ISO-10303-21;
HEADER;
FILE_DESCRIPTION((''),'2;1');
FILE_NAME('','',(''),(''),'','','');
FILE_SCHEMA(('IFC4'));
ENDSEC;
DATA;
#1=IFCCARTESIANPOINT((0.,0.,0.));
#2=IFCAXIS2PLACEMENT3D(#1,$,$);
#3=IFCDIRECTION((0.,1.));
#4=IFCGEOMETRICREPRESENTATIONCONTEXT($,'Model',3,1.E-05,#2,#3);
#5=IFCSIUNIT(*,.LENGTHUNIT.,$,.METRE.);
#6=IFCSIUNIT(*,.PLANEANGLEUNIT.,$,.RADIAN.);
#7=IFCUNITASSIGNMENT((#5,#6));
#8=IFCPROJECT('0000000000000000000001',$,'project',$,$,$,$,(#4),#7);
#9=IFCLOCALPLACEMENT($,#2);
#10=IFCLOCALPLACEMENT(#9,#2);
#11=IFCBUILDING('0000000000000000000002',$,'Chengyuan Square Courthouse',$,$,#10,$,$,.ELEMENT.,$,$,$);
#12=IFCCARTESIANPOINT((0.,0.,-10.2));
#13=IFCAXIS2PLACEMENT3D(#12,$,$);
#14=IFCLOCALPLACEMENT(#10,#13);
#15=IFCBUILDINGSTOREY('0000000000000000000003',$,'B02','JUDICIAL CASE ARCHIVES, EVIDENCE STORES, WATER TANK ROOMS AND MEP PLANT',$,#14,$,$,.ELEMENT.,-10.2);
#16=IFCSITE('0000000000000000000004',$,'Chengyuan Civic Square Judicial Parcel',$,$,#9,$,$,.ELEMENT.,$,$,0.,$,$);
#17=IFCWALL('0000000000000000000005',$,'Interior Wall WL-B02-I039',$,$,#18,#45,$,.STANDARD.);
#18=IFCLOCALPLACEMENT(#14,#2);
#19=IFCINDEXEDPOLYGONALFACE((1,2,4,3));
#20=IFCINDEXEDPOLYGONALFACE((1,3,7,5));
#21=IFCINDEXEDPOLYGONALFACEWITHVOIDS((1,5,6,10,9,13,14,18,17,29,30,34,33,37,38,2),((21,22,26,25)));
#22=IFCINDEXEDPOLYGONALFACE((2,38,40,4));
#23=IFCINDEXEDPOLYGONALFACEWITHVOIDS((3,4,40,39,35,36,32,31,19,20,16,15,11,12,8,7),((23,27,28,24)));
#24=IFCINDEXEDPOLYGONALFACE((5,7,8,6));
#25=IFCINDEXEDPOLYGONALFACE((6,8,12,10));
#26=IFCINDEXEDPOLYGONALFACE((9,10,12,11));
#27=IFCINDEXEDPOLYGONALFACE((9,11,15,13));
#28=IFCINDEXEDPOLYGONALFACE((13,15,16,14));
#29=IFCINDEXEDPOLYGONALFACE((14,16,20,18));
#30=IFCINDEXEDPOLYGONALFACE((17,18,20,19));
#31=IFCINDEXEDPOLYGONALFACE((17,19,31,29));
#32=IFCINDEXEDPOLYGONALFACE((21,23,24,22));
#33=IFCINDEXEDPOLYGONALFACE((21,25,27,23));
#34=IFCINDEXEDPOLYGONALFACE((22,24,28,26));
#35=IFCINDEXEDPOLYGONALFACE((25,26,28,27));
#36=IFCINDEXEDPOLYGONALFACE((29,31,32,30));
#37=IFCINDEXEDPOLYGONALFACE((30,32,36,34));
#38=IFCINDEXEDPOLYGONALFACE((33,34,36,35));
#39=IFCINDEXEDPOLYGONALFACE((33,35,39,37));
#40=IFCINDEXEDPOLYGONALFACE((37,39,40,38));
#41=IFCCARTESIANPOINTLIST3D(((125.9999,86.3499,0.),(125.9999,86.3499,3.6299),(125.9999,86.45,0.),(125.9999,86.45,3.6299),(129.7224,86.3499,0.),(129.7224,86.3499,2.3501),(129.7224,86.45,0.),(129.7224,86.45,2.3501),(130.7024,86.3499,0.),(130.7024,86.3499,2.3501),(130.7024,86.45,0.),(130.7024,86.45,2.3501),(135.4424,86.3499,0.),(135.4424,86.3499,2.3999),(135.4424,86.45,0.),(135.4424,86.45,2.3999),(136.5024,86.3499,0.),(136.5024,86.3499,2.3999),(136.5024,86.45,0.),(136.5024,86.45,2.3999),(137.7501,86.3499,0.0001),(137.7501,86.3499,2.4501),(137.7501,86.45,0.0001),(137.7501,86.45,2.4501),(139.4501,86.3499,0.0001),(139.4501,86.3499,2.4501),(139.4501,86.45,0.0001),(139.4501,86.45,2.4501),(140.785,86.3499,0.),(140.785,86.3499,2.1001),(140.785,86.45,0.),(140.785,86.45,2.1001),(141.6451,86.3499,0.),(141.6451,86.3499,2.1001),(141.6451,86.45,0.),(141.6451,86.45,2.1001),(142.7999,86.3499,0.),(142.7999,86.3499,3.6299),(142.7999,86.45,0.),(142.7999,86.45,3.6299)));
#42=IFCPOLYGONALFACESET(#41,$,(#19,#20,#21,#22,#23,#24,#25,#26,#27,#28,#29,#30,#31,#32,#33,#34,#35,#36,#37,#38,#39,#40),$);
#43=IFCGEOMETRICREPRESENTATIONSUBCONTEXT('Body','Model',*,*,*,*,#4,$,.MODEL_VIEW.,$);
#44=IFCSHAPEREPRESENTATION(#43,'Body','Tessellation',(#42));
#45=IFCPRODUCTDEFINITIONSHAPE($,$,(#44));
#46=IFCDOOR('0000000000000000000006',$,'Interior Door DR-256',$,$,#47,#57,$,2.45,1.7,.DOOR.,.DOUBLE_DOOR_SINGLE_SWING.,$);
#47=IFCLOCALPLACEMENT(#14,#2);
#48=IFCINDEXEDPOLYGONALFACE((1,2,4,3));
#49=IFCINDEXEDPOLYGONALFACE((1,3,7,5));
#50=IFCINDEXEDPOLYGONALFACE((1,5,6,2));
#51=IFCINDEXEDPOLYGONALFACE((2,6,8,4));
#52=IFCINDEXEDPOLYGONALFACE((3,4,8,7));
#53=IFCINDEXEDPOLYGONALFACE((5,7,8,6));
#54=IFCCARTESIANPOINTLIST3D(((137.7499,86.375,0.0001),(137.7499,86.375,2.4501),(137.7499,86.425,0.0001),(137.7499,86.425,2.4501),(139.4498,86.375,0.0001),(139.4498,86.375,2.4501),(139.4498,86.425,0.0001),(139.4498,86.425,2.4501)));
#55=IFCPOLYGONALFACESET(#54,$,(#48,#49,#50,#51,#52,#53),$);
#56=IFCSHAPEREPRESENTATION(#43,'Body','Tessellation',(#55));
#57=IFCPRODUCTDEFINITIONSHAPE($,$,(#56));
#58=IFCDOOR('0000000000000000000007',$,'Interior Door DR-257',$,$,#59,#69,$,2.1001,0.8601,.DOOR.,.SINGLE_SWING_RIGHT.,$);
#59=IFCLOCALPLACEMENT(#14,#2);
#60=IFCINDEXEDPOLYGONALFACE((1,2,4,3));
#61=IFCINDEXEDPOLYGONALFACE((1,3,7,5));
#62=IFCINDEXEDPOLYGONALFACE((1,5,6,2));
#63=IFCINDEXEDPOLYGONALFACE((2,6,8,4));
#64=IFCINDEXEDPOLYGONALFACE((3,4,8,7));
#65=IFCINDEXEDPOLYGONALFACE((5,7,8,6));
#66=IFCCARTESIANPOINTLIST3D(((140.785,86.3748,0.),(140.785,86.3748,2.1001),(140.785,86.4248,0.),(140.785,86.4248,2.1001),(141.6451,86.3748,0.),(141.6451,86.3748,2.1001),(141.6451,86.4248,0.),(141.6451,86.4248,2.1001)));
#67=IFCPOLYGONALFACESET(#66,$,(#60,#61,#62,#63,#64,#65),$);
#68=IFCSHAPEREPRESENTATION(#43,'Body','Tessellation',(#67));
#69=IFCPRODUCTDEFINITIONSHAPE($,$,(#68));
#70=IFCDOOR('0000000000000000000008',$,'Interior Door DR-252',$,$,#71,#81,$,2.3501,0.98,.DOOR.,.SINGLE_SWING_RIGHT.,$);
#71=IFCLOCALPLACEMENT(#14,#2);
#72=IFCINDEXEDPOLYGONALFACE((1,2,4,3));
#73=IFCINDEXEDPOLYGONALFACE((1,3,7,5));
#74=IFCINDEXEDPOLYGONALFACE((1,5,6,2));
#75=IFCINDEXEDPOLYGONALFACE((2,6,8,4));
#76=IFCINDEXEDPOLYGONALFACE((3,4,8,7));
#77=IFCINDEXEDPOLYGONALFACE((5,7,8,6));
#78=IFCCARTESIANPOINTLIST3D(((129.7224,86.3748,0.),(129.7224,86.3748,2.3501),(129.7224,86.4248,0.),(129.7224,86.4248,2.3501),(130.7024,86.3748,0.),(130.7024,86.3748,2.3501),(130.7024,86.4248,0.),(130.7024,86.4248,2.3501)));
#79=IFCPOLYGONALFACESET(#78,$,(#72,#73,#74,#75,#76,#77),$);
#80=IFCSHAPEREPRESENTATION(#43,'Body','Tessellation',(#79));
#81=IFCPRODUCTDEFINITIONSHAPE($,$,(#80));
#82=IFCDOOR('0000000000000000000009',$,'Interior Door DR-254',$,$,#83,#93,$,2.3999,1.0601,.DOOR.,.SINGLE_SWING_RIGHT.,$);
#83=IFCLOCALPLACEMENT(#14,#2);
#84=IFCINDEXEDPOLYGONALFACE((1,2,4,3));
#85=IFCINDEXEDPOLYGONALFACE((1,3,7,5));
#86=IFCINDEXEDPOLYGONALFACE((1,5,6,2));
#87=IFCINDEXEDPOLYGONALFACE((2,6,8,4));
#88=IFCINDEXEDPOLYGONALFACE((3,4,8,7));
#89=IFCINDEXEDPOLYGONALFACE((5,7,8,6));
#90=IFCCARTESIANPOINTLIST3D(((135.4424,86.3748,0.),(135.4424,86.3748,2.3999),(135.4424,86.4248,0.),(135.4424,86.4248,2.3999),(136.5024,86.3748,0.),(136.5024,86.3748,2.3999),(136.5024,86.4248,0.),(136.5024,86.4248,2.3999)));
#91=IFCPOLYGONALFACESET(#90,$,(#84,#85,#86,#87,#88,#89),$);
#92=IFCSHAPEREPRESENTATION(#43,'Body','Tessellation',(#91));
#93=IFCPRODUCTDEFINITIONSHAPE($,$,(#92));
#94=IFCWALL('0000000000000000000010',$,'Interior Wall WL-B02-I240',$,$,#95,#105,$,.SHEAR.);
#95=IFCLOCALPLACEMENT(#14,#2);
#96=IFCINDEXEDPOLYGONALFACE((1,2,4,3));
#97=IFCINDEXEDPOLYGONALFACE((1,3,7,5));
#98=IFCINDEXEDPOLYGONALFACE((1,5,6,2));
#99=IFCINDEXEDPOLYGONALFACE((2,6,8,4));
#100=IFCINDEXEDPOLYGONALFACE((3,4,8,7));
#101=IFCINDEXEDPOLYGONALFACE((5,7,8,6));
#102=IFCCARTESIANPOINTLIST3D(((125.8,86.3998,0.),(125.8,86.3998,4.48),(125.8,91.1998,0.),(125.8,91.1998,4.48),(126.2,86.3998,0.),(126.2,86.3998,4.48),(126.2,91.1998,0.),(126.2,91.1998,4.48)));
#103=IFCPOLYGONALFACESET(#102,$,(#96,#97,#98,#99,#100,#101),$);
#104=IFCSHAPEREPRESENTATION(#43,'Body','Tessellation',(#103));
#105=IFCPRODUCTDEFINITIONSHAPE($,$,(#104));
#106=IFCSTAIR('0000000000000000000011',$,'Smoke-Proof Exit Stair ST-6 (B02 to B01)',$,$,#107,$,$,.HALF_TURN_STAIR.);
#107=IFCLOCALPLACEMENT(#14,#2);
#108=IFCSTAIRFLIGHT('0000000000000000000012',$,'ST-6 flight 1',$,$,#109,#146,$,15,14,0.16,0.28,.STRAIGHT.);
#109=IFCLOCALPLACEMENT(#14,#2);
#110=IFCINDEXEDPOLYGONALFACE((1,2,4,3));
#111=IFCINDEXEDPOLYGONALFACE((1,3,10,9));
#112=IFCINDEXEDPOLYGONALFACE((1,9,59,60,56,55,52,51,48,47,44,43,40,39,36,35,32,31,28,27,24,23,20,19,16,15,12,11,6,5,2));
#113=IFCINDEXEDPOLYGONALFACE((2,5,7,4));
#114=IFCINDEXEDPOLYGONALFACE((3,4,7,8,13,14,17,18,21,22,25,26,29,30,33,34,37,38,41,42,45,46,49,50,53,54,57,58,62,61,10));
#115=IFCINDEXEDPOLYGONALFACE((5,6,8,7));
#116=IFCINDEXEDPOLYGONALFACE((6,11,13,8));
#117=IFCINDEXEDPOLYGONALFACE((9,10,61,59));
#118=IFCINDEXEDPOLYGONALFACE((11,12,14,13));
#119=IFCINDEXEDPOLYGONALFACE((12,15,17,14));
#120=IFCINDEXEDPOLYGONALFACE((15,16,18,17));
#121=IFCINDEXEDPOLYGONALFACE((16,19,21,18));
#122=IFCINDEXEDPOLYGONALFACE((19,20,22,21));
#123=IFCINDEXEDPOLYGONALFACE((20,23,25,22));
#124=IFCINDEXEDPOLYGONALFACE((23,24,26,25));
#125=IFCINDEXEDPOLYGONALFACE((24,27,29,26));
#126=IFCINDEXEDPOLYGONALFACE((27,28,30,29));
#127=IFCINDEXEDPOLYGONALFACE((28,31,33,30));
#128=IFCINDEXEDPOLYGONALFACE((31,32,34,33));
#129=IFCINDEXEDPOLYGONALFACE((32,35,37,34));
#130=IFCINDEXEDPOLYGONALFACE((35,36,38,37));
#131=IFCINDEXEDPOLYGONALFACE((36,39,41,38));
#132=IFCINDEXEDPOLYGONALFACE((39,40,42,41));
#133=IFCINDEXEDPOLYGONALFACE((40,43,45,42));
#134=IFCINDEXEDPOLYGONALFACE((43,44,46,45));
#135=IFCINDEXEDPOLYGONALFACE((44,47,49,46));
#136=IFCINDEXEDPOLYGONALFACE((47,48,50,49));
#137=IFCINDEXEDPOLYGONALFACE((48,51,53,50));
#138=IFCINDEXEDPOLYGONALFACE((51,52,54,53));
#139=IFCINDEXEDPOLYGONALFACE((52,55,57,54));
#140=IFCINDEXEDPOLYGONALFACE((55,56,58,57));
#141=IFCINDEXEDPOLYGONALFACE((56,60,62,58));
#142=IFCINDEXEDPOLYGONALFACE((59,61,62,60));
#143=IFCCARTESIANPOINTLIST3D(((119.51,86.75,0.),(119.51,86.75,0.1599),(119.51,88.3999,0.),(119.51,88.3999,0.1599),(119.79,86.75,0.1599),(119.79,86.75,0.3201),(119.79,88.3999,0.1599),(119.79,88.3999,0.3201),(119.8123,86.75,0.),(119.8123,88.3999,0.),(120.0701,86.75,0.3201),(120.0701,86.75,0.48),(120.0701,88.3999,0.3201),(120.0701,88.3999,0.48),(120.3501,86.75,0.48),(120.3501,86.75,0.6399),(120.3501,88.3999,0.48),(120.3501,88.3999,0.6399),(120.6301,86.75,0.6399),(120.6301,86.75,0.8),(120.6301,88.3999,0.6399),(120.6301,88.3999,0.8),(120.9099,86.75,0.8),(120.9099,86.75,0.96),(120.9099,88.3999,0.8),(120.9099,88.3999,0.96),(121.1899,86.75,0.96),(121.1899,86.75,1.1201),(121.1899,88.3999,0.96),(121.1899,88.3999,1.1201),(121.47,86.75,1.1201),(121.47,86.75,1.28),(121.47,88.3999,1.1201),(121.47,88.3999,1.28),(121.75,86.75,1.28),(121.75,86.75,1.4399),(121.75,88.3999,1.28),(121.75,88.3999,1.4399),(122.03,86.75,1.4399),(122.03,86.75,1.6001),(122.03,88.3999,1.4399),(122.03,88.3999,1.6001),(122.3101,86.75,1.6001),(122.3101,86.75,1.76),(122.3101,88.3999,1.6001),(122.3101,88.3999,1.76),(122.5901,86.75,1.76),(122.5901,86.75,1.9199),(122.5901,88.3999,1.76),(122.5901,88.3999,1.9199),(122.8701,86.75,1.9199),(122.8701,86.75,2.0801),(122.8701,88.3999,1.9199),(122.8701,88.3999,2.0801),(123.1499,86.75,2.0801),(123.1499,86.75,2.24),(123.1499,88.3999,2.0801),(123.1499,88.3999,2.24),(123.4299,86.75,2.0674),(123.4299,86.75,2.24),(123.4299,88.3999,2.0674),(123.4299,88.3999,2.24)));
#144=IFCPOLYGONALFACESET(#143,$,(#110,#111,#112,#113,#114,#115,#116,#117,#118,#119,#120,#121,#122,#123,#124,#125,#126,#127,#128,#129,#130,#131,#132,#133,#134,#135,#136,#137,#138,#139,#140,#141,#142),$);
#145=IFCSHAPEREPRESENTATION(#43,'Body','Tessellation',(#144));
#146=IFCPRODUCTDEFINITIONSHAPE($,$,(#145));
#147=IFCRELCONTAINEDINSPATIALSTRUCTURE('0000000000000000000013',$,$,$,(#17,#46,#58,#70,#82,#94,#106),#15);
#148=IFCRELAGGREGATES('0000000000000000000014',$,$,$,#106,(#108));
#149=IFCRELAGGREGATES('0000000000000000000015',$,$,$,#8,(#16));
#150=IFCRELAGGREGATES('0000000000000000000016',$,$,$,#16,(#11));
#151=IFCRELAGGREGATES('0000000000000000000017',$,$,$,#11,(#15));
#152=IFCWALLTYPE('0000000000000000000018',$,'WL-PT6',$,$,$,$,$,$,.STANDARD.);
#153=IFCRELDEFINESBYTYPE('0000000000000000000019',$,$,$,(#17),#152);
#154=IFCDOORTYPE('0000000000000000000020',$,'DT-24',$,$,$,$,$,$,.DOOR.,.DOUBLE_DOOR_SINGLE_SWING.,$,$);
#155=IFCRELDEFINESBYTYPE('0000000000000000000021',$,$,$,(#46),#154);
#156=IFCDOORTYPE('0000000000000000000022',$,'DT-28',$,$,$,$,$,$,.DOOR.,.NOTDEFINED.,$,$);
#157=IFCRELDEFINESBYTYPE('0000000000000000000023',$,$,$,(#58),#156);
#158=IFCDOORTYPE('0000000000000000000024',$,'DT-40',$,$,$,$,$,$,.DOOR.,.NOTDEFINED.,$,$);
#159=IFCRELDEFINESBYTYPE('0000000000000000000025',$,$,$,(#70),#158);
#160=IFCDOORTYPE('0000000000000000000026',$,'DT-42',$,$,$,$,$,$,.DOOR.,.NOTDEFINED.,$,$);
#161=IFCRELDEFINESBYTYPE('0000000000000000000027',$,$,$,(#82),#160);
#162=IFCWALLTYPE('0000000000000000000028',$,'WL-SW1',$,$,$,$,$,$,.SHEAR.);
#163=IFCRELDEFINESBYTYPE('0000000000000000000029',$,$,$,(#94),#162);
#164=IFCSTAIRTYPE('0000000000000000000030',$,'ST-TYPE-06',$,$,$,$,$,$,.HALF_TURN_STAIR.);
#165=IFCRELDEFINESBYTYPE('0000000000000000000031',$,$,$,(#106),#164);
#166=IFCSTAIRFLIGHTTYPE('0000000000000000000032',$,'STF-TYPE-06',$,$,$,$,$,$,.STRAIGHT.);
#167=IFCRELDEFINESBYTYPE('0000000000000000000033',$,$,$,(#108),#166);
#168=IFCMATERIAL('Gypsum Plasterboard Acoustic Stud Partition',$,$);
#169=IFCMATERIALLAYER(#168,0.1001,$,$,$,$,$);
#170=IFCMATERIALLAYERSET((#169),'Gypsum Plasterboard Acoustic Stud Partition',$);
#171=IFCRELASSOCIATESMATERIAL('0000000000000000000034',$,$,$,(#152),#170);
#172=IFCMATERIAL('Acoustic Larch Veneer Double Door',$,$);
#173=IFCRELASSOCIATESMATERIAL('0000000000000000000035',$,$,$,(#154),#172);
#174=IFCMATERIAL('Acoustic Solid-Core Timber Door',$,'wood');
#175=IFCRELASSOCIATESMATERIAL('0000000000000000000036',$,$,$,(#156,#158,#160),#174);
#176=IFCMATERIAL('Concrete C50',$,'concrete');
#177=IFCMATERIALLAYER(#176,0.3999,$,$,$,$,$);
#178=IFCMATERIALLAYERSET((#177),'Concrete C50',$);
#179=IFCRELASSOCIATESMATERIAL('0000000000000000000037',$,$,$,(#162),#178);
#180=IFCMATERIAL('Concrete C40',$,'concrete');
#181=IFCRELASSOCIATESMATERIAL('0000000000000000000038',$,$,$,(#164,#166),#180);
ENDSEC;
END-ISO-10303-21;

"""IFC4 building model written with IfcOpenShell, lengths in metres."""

from ifc_helpers import new_model, si_unit, direction, frame, frame_2d, origin, place, context, subcontext, project, spatial, polyline, rectangle, outline, extrude, material, layer, layer_set, type_object, element, fill, aggregate, save


model = new_model("IFC4")

# Units and contexts
model_context = context("Model", 3, precision=1e-05, world=origin(), true_north=direction((0.0, 1.0)))
body_context = subcontext(model_context, "Body", "Model", "MODEL_VIEW")
ifc_project = project(units=[si_unit("LENGTHUNIT", "METRE"), si_unit("PLANEANGLEUNIT", "RADIAN")], contexts=[model_context])

# Site, building, storey
site_placement = place(None, origin())
site = spatial("IfcSite", under=ifc_project, at=site_placement, Name="Chengyuan Civic Square Judicial Parcel", CompositionType="ELEMENT", RefElevation=0.0)
building_placement = place(site_placement, origin())
building = spatial("IfcBuilding", under=site, at=building_placement, Name="Chengyuan Square Courthouse", CompositionType="ELEMENT")
storey_placement = place(building_placement, frame((0.0, 0.0, -10.2)))
storey = spatial("IfcBuildingStorey", under=building, at=storey_placement, Name="B02", Description="JUDICIAL CASE ARCHIVES, EVIDENCE STORES, WATER TANK ROOMS AND MEP PLANT", CompositionType="ELEMENT", Elevation=-10.2)

# Shared definitions
ifc_material_1 = material(Name="Concrete C40", Category="concrete")

# Shared definitions
ifc_material_2 = material(Name="Concrete C50", Category="concrete")

# Wall, openings, doors
ifc_material_3 = material(Name="Gypsum Plasterboard Acoustic Stud Partition")
ifc_layer_1 = layer(ifc_material_3, 0.1001)
ifc_layer_set_1 = layer_set([ifc_layer_1], Name="Gypsum Plasterboard Acoustic Stud Partition")
wall_type_1 = type_object("IfcWallType", Name="WL-PT6", PredefinedType="STANDARD", material=ifc_layer_set_1)
wall_1_placement = place(storey_placement, frame((126.0, 86.3999, 0.0), z_axis=(0.0, 0.0, 1.0), x_axis=(1.0, 0.0, 0.0)))
wall_1 = element("IfcWall", 1, at=wall_1_placement, inside=storey, type_object=wall_type_1, Name="Interior Wall WL-B02-I039", PredefinedType="STANDARD", context=body_context, shape_type="SweptSolid", body=[
    extrude(rectangle(XDim=16.8, YDim=0.1001, at=frame_2d((8.3999, 0.0))), origin(), (0.0, 0.0, 1.0), 3.6299),
])
opening_1_placement = place(wall_1_placement, frame((3.7224, 0.0, 0.0)))
opening_1 = element("IfcOpeningElement", 2, at=opening_1_placement, cuts=wall_1, PredefinedType="OPENING", context=body_context, shape_type="SweptSolid", body=[
    extrude(rectangle(XDim=0.98, YDim=2.3501, at=frame_2d((0.49, 1.175))), frame((0.0, 0.062, 0.0), z_axis=(0.0, -1.0, 0.0), x_axis=(1.0, 0.0, 0.0)), (0.0, 0.0, 1.0), 0.124),
])
opening_2_placement = place(wall_1_placement, frame((9.4424, 0.0, 0.0)))
opening_2 = element("IfcOpeningElement", 3, at=opening_2_placement, cuts=wall_1, PredefinedType="OPENING", context=body_context, shape_type="SweptSolid", body=[
    extrude(rectangle(XDim=1.0601, YDim=2.3999, at=frame_2d((0.53, 1.2))), frame((0.0, 0.062, 0.0), z_axis=(0.0, -1.0, 0.0), x_axis=(1.0, 0.0, 0.0)), (0.0, 0.0, 1.0), 0.124),
])
opening_3_placement = place(wall_1_placement, frame((11.75, 0.0, 0.0)))
opening_3 = element("IfcOpeningElement", 4, at=opening_3_placement, cuts=wall_1, PredefinedType="OPENING", context=body_context, shape_type="SweptSolid", body=[
    extrude(rectangle(XDim=1.7, YDim=2.45, at=frame_2d((0.8501, 1.2251))), frame((0.0, 0.062, 0.0), z_axis=(0.0, -1.0, 0.0), x_axis=(1.0, 0.0, 0.0)), (0.0, 0.0, 1.0), 0.124),
])
opening_4_placement = place(wall_1_placement, frame((14.7849, 0.0, 0.0)))
opening_4 = element("IfcOpeningElement", 5, at=opening_4_placement, cuts=wall_1, PredefinedType="OPENING", context=body_context, shape_type="SweptSolid", body=[
    extrude(rectangle(XDim=0.8601, YDim=2.1001, at=frame_2d((0.4302, 1.05))), frame((0.0, 0.062, 0.0), z_axis=(0.0, -1.0, 0.0), x_axis=(1.0, 0.0, 0.0)), (0.0, 0.0, 1.0), 0.124),
])
ifc_material_4 = material(Name="Acoustic Larch Veneer Double Door")
door_type_1 = type_object("IfcDoorType", Name="DT-24", OperationType="DOUBLE_DOOR_SINGLE_SWING", PredefinedType="DOOR", material=ifc_material_4)
door_1_placement = place(opening_3_placement, frame((1.7, 0.0, 0.0), z_axis=(0.0, 0.0, 1.0), x_axis=(-1.0, 0.0, 0.0)))
door_1 = element("IfcDoor", 6, at=door_1_placement, inside=storey, type_object=door_type_1, Name="Interior Door DR-256", OperationType="DOUBLE_DOOR_SINGLE_SWING", OverallHeight=2.45, OverallWidth=1.7, PredefinedType="DOOR", context=body_context, shape_type="SweptSolid", body=[
    extrude(rectangle(XDim=1.7, YDim=2.45, at=frame_2d((0.8501, 1.2251))), frame((0.0, 0.0249, 0.0), z_axis=(0.0, -1.0, 0.0), x_axis=(1.0, 0.0, 0.0)), (0.0, 0.0, 1.0), 0.05),
])
fill(opening_3, door_1)
ifc_material_5 = material(Name="Acoustic Solid-Core Timber Door", Category="wood")
door_type_2 = type_object("IfcDoorType", Name="DT-28", OperationType="NOTDEFINED", PredefinedType="DOOR", material=ifc_material_5)
door_2_placement = place(opening_4_placement, origin())
door_2 = element("IfcDoor", 7, at=door_2_placement, inside=storey, type_object=door_type_2, Name="Interior Door DR-257", OperationType="SINGLE_SWING_RIGHT", OverallHeight=2.1001, OverallWidth=0.8601, PredefinedType="DOOR", context=body_context, shape_type="SweptSolid", body=[
    extrude(rectangle(XDim=0.8601, YDim=2.1001, at=frame_2d((0.4302, 1.05))), frame((0.0, 0.0249, 0.0), z_axis=(0.0, -1.0, 0.0), x_axis=(1.0, 0.0, 0.0)), (0.0, 0.0, 1.0), 0.05),
])
fill(opening_4, door_2)
door_type_3 = type_object("IfcDoorType", Name="DT-40", OperationType="NOTDEFINED", PredefinedType="DOOR", material=ifc_material_5)
door_3_placement = place(opening_1_placement, origin())
door_3 = element("IfcDoor", 8, at=door_3_placement, inside=storey, type_object=door_type_3, Name="Interior Door DR-252", OperationType="SINGLE_SWING_RIGHT", OverallHeight=2.3501, OverallWidth=0.98, PredefinedType="DOOR", context=body_context, shape_type="SweptSolid", body=[
    extrude(rectangle(XDim=0.98, YDim=2.3501, at=frame_2d((0.49, 1.175))), frame((0.0, 0.0249, 0.0), z_axis=(0.0, -1.0, 0.0), x_axis=(1.0, 0.0, 0.0)), (0.0, 0.0, 1.0), 0.05),
])
fill(opening_1, door_3)
door_type_4 = type_object("IfcDoorType", Name="DT-42", OperationType="NOTDEFINED", PredefinedType="DOOR", material=ifc_material_5)
door_4_placement = place(opening_2_placement, origin())
door_4 = element("IfcDoor", 9, at=door_4_placement, inside=storey, type_object=door_type_4, Name="Interior Door DR-254", OperationType="SINGLE_SWING_RIGHT", OverallHeight=2.3999, OverallWidth=1.0601, PredefinedType="DOOR", context=body_context, shape_type="SweptSolid", body=[
    extrude(rectangle(XDim=1.0601, YDim=2.3999, at=frame_2d((0.53, 1.2))), frame((0.0, 0.0249, 0.0), z_axis=(0.0, -1.0, 0.0), x_axis=(1.0, 0.0, 0.0)), (0.0, 0.0, 1.0), 0.05),
])
fill(opening_2, door_4)

# Wall
ifc_layer_2 = layer(ifc_material_2, 0.3999)
ifc_layer_set_2 = layer_set([ifc_layer_2], Name="Concrete C50")
wall_type_2 = type_object("IfcWallType", Name="WL-SW1", PredefinedType="SHEAR", material=ifc_layer_set_2)
wall_2_placement = place(storey_placement, frame((126.0, 86.3999, 0.0), z_axis=(0.0, 0.0, 1.0), x_axis=(0.0, 1.0, 0.0)))
element("IfcWall", 10, at=wall_2_placement, inside=storey, type_object=wall_type_2, Name="Interior Wall WL-B02-I240", PredefinedType="SHEAR", context=body_context, shape_type="SweptSolid", body=[
    extrude(rectangle(XDim=4.8, YDim=0.3999, at=frame_2d((2.3999, 0.0))), origin(), (0.0, 0.0, 1.0), 4.48),
])

# Stair, stair flight
stair_type = type_object("IfcStairType", Name="ST-TYPE-06", PredefinedType="HALF_TURN_STAIR", material=ifc_material_1)
stair_placement = place(storey_placement, origin())
stair = element("IfcStair", 11, at=stair_placement, inside=storey, type_object=stair_type, Name="Smoke-Proof Exit Stair ST-6 (B02 to B01)", PredefinedType="HALF_TURN_STAIR")
stair_flight_type = type_object("IfcStairFlightType", Name="STF-TYPE-06", PredefinedType="STRAIGHT", material=ifc_material_1)
stair_flight_placement = place(storey_placement, frame((119.51, 87.575, 0.0), z_axis=(0.0, 0.0, 1.0), x_axis=(1.0, 0.0, 0.0)))
stair_flight = element("IfcStairFlight", 12, at=stair_flight_placement, type_object=stair_flight_type, Name="ST-6 flight 1", NumberOfRisers=15, NumberOfTreads=14, PredefinedType="STRAIGHT", RiserHeight=0.16, TreadLength=0.28, context=body_context, shape_type="SweptSolid", body=[
    extrude(outline(polyline([(0.0, 0.0), (0.0, 0.1599), (0.28, 0.1599), (0.28, 0.3201), (0.5601, 0.3201), (0.5601, 0.48), (0.8401, 0.48), (0.8401, 0.6399), (1.1201, 0.6399), (1.1201, 0.8), (1.3999, 0.8), (1.3999, 0.96), (1.6799, 0.96), (1.6799, 1.1201), (1.96, 1.1201), (1.96, 1.28), (2.24, 1.28), (2.24, 1.4399), (2.52, 1.4399), (2.52, 1.6001), (2.8, 1.6001), (2.8, 1.76), (3.0801, 1.76), (3.0801, 1.9199), (3.3601, 1.9199), (3.3601, 2.0801), (3.6399, 2.0801), (3.6399, 2.24), (3.9199, 2.24), (3.9199, 2.3999), (3.9199, 2.0674), (0.3022, 0.0), (0.0, 0.0)])), frame((0.0, 0.825, 0.0), z_axis=(0.0, -1.0, 0.0), x_axis=(1.0, 0.0, 0.0)), (0.0, 0.0, 1.0), 1.6499),
])
aggregate(stair, [stair_flight])

save(model, "model.ifc")
